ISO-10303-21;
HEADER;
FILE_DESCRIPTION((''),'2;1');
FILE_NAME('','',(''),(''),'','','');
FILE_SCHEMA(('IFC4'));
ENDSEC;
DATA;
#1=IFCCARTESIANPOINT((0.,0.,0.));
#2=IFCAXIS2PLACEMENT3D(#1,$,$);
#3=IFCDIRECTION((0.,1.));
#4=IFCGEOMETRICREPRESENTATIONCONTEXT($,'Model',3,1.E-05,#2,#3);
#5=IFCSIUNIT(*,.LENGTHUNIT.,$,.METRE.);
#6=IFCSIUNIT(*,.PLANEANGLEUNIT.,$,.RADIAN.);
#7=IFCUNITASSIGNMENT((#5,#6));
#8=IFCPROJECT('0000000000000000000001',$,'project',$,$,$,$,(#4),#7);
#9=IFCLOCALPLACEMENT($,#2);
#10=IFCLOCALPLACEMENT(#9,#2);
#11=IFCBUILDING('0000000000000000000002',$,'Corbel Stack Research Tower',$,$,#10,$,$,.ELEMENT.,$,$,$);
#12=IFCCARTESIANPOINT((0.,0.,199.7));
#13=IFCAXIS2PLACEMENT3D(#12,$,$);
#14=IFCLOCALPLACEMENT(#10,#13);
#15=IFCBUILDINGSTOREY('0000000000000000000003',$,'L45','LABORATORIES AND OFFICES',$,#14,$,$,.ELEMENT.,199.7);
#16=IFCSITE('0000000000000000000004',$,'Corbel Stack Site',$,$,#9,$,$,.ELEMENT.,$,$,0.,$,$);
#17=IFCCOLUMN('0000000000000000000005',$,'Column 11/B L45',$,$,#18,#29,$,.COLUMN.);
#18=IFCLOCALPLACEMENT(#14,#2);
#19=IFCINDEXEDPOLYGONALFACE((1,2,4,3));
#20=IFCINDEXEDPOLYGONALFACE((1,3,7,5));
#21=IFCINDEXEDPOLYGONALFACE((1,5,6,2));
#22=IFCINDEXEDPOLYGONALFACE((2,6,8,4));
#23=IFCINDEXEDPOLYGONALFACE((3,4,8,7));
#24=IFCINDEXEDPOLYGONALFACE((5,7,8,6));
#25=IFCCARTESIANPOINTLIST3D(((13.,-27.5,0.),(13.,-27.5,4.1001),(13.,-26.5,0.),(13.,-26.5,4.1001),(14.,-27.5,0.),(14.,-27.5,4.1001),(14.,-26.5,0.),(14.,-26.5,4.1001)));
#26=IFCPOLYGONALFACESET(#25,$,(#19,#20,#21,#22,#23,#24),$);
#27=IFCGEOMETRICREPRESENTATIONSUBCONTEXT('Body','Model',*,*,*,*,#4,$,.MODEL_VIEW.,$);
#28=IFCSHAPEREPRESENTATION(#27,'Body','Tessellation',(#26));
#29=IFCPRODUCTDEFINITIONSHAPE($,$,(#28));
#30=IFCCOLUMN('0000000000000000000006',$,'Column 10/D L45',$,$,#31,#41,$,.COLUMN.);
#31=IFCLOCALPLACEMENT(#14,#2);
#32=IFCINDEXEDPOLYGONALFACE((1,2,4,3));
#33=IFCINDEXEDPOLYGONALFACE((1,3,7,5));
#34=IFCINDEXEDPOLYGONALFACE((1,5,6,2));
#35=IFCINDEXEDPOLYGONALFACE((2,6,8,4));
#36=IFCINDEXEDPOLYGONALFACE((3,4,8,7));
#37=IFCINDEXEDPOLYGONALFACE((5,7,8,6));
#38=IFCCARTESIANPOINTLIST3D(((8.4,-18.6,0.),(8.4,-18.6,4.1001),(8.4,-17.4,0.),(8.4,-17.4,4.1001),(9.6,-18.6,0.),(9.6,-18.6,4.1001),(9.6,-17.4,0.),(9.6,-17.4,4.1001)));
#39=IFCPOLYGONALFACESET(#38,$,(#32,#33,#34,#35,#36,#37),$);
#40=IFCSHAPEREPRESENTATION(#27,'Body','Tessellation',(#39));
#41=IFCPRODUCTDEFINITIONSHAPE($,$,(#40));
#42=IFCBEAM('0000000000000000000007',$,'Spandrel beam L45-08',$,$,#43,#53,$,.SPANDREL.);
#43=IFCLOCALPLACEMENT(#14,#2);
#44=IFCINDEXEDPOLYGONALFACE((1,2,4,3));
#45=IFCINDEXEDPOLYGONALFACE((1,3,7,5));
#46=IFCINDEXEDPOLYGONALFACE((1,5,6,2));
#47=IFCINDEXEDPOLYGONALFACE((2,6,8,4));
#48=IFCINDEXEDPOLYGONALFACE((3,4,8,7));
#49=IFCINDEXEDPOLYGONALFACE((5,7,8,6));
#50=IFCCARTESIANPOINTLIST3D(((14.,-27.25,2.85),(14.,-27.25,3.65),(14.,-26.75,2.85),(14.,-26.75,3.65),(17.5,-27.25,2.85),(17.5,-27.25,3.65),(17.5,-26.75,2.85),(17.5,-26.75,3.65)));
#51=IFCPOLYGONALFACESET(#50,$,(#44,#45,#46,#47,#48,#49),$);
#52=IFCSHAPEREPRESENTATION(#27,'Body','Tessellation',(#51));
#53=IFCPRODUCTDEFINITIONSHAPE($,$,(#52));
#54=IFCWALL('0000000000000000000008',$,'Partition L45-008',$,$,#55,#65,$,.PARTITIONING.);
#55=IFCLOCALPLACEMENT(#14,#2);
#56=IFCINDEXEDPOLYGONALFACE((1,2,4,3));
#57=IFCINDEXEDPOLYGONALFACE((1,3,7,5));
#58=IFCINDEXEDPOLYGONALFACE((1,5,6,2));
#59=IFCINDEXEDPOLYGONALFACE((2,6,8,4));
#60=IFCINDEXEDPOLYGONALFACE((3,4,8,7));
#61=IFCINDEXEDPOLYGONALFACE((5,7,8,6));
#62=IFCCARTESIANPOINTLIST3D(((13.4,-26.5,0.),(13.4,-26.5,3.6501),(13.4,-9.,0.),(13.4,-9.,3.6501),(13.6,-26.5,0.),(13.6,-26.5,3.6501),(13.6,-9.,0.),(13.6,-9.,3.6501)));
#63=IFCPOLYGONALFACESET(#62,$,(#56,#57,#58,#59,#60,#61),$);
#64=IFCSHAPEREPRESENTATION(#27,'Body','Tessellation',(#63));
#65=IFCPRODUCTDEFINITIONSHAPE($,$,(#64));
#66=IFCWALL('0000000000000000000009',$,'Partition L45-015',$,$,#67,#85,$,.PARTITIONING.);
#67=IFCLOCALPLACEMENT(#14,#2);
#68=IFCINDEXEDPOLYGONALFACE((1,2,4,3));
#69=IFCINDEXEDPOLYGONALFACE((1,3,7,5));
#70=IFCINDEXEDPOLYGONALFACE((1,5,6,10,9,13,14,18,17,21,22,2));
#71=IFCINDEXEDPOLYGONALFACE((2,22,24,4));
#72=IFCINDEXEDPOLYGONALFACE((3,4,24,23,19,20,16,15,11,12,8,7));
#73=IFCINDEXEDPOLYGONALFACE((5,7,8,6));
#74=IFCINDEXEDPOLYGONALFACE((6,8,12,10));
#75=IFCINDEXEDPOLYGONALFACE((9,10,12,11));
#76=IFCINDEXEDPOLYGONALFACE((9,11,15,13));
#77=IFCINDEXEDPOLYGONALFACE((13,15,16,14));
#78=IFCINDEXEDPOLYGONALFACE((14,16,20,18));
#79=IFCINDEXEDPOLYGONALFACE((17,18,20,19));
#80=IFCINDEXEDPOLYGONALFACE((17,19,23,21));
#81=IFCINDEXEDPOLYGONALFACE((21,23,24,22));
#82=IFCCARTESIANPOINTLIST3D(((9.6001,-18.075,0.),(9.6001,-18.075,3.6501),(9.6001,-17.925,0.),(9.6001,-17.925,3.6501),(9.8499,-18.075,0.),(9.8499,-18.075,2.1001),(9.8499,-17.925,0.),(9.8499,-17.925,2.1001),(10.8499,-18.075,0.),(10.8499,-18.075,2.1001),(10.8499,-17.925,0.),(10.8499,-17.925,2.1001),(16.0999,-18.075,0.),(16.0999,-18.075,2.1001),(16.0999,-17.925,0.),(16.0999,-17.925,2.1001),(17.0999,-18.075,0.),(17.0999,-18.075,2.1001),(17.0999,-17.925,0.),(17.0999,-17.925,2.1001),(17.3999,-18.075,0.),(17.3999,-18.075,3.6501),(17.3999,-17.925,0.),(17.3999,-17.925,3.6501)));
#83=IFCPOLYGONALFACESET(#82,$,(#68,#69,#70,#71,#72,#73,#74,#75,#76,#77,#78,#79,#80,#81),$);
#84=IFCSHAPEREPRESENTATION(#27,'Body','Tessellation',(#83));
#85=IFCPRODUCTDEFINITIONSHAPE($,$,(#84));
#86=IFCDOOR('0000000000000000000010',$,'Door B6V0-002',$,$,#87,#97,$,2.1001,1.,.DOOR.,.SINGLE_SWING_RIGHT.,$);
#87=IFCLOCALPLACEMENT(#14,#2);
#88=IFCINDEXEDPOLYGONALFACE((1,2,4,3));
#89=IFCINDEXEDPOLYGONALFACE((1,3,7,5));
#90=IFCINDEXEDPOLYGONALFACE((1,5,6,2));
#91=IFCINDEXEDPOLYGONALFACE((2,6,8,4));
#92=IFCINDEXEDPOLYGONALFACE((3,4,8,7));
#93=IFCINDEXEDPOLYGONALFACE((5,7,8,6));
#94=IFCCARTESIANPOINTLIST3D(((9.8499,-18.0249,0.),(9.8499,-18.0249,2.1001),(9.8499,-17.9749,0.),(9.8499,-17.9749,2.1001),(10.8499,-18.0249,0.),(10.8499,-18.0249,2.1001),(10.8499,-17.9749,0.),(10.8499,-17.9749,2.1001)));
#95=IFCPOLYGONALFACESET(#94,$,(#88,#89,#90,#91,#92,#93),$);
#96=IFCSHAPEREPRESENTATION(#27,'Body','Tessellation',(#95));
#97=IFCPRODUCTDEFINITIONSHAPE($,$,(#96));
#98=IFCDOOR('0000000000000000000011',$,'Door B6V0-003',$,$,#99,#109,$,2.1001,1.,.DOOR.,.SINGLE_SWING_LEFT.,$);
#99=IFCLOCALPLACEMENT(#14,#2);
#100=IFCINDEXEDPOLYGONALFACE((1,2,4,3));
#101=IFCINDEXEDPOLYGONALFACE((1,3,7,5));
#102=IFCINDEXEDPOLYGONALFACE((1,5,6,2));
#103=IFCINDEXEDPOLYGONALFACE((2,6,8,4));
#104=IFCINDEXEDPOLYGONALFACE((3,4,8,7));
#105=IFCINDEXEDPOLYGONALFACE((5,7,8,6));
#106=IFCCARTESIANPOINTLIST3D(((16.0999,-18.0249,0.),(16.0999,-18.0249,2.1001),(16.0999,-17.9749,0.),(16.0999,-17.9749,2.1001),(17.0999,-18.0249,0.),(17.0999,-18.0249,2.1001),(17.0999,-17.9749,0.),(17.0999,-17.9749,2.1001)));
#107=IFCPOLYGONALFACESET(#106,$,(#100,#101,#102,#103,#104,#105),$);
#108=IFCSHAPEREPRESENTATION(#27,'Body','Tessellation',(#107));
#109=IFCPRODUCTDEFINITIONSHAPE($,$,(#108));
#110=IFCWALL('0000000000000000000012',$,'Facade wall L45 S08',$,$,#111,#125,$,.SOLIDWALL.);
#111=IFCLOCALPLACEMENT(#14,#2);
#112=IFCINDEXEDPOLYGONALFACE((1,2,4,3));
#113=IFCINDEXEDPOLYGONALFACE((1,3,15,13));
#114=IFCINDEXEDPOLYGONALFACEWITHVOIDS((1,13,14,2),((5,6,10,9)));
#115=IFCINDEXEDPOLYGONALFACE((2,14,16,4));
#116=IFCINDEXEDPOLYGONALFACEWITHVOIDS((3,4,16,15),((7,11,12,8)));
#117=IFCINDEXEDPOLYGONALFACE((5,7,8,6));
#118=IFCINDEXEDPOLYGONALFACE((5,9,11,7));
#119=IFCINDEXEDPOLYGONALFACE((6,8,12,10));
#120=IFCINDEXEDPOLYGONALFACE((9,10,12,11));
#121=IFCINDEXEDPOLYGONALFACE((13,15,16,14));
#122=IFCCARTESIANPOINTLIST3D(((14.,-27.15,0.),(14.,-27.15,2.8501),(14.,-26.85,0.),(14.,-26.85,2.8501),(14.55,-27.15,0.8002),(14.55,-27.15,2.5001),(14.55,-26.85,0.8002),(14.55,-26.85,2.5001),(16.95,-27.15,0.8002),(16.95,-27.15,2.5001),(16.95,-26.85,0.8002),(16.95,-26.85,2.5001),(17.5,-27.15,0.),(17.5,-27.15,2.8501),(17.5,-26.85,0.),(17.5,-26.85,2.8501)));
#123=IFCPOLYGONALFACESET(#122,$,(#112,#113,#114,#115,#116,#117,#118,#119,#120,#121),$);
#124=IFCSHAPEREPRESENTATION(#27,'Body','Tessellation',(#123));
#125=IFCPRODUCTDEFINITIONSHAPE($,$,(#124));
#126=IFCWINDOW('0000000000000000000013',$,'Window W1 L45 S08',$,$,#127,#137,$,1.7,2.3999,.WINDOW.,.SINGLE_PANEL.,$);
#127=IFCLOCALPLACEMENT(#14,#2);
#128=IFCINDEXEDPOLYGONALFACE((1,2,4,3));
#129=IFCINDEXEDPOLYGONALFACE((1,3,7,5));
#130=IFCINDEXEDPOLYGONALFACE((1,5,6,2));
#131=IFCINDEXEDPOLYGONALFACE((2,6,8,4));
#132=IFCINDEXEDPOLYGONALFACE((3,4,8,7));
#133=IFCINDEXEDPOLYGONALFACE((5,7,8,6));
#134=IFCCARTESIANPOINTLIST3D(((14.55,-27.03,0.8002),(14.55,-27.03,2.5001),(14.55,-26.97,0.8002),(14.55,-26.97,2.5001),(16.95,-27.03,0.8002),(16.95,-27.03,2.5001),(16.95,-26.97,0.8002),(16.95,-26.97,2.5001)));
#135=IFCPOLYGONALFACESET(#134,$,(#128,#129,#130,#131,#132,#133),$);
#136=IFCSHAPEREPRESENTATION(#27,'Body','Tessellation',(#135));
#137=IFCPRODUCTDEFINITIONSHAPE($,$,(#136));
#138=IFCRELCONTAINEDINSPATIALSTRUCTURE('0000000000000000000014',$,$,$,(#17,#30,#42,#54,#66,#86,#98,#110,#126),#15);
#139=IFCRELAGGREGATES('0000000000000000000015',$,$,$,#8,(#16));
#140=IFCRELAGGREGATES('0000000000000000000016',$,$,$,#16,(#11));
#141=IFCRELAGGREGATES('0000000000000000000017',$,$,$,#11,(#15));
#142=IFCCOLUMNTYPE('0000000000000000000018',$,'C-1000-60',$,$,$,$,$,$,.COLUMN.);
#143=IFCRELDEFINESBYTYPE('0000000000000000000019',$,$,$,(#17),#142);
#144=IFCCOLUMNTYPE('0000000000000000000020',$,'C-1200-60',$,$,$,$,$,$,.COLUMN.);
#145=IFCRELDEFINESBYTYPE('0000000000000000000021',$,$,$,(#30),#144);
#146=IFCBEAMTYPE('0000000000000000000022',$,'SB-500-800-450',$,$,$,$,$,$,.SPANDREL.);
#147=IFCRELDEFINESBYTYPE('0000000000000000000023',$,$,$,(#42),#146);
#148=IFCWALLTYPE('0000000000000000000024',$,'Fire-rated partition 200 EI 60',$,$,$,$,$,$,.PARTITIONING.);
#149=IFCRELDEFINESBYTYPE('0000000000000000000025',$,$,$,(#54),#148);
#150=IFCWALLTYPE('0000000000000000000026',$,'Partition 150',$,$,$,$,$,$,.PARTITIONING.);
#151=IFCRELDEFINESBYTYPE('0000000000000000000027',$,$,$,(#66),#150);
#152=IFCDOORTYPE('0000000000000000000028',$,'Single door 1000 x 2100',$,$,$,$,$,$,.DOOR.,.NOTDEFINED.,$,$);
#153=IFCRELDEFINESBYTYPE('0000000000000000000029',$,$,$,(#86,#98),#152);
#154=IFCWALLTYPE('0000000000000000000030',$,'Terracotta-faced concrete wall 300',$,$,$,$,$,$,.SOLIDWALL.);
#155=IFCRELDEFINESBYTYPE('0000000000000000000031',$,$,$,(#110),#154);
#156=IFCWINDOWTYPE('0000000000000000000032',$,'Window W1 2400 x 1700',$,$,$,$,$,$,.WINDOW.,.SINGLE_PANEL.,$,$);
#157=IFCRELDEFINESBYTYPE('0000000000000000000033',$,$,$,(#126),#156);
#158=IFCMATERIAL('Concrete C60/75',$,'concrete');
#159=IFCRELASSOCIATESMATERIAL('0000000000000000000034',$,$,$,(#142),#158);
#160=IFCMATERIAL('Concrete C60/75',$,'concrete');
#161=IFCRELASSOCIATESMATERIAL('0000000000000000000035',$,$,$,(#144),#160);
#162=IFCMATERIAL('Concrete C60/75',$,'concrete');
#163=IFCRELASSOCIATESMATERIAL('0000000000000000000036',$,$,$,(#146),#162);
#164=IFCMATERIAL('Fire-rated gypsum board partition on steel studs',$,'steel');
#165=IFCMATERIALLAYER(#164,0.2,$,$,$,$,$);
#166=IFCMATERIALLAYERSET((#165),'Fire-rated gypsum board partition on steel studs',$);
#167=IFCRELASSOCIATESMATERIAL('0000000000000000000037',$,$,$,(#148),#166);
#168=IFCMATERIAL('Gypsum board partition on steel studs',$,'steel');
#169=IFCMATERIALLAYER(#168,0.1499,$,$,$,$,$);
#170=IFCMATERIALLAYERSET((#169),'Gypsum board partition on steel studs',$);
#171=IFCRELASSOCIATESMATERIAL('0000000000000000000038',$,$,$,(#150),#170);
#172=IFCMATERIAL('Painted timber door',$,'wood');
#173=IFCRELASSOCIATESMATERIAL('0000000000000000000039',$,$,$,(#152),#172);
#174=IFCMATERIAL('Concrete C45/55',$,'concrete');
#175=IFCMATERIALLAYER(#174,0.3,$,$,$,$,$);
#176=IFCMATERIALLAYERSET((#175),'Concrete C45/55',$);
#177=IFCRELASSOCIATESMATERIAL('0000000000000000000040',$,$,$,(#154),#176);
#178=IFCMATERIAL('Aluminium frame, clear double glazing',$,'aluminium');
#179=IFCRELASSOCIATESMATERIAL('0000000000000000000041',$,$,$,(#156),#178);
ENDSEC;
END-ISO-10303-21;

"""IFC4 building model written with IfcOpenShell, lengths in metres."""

from ifc_helpers import new_model, si_unit, direction, frame, frame_2d, origin, origin_2d, place, context, subcontext, project, spatial, rectangle, extrude, material, layer, layer_set, material_profile, profile_set, type_object, element, fill, save


model = new_model("IFC4")

# Units and contexts
model_context = context("Model", 3, precision=1e-05, world=origin(), true_north=direction((0.0, 1.0)))
body_context = subcontext(model_context, "Body", "Model", "MODEL_VIEW")
ifc_project = project(units=[si_unit("LENGTHUNIT", "METRE"), si_unit("PLANEANGLEUNIT", "RADIAN")], contexts=[model_context])

# Site, building, storey
site_placement = place(None, origin())
site = spatial("IfcSite", under=ifc_project, at=site_placement, Name="Corbel Stack Site", CompositionType="ELEMENT", RefElevation=0.0)
building_placement = place(site_placement, origin())
building = spatial("IfcBuilding", under=site, at=building_placement, Name="Corbel Stack Research Tower", CompositionType="ELEMENT")
storey_placement = place(building_placement, frame((0.0, 0.0, 199.7)))
storey = spatial("IfcBuildingStorey", under=building, at=storey_placement, Name="L45", Description="LABORATORIES AND OFFICES", CompositionType="ELEMENT", Elevation=199.7)

# Columns
ifc_material_1 = material(Name="Concrete C60/75", Category="concrete")
ifc_material_profile_1 = material_profile(ifc_material_1, rectangle(XDim=1.0, YDim=1.0, at=origin_2d()), Name="RC 1000 x 1000")
ifc_profile_set_1 = profile_set([ifc_material_profile_1], Name="Concrete C60/75")
column_type_1 = type_object("IfcColumnType", Name="C-1000-60", PredefinedType="COLUMN", material=ifc_profile_set_1)
column_1_placement = place(storey_placement, frame((13.5, -27.0, 0.0), z_axis=(0.0, 0.0, 1.0), x_axis=(1.0, 0.0, 0.0)))
element("IfcColumn", 1, at=column_1_placement, inside=storey, type_object=column_type_1, Name="Column 11/B L45", PredefinedType="COLUMN", context=body_context, shape_type="SweptSolid", body=[
    extrude(rectangle(XDim=1.0, YDim=1.0, at=origin_2d()), origin(), (0.0, 0.0, 1.0), 4.1001),
])
ifc_material_2 = material(Name="Concrete C60/75", Category="concrete")
ifc_material_profile_2 = material_profile(ifc_material_2, rectangle(XDim=1.2, YDim=1.2, at=origin_2d()), Name="RC 1200 x 1200")
ifc_profile_set_2 = profile_set([ifc_material_profile_2], Name="Concrete C60/75")
column_type_2 = type_object("IfcColumnType", Name="C-1200-60", PredefinedType="COLUMN", material=ifc_profile_set_2)
column_2_placement = place(storey_placement, frame((9.0, -18.0, 0.0), z_axis=(0.0, 0.0, 1.0), x_axis=(1.0, 0.0, 0.0)))
element("IfcColumn", 2, at=column_2_placement, inside=storey, type_object=column_type_2, Name="Column 10/D L45", PredefinedType="COLUMN", context=body_context, shape_type="SweptSolid", body=[
    extrude(rectangle(XDim=1.2, YDim=1.2, at=origin_2d()), origin(), (0.0, 0.0, 1.0), 4.1001),
])

# Beam
ifc_material_3 = material(Name="Concrete C60/75", Category="concrete")
ifc_material_profile_3 = material_profile(ifc_material_3, rectangle(XDim=0.5, YDim=0.8, at=origin_2d()), Name="RC 500 x 800")
ifc_profile_set_3 = profile_set([ifc_material_profile_3], Name="Concrete C60/75")
beam_type = type_object("IfcBeamType", Name="SB-500-800-450", PredefinedType="SPANDREL", material=ifc_profile_set_3)
beam_placement = place(storey_placement, frame((14.0, -27.0, 3.25), z_axis=(1.0, 0.0, 0.0), x_axis=(0.0, 1.0, 0.0)))
element("IfcBeam", 3, at=beam_placement, inside=storey, type_object=beam_type, Name="Spandrel beam L45-08", PredefinedType="SPANDREL", context=body_context, shape_type="SweptSolid", body=[
    extrude(rectangle(XDim=0.5, YDim=0.8, at=origin_2d()), origin(), (0.0, 0.0, 1.0), 3.5),
])

# Wall
ifc_material_4 = material(Name="Fire-rated gypsum board partition on steel studs", Category="steel")
ifc_layer_1 = layer(ifc_material_4, 0.2)
ifc_layer_set_1 = layer_set([ifc_layer_1], Name="Fire-rated gypsum board partition on steel studs")
wall_type_1 = type_object("IfcWallType", Name="Fire-rated partition 200 EI 60", PredefinedType="PARTITIONING", material=ifc_layer_set_1)
wall_1_placement = place(storey_placement, frame((13.5, -26.5, 0.0), z_axis=(0.0, 0.0, 1.0), x_axis=(0.0, 1.0, 0.0)))
element("IfcWall", 4, at=wall_1_placement, inside=storey, type_object=wall_type_1, Name="Partition L45-008", PredefinedType="PARTITIONING", context=body_context, shape_type="SweptSolid", body=[
    extrude(rectangle(XDim=17.5, YDim=0.2, at=frame_2d((8.75, 0.0))), origin(), (0.0, 0.0, 1.0), 3.6501),
])

# Wall, openings, doors
ifc_material_5 = material(Name="Gypsum board partition on steel studs", Category="steel")
ifc_layer_2 = layer(ifc_material_5, 0.1499)
ifc_layer_set_2 = layer_set([ifc_layer_2], Name="Gypsum board partition on steel studs")
wall_type_2 = type_object("IfcWallType", Name="Partition 150", PredefinedType="PARTITIONING", material=ifc_layer_set_2)
wall_2_placement = place(storey_placement, frame((17.3999, -18.0, 0.0), z_axis=(0.0, 0.0, 1.0), x_axis=(-1.0, 0.0, 0.0)))
wall_2 = element("IfcWall", 5, at=wall_2_placement, inside=storey, type_object=wall_type_2, Name="Partition L45-015", PredefinedType="PARTITIONING", context=body_context, shape_type="SweptSolid", body=[
    extrude(rectangle(XDim=7.7998, YDim=0.1499, at=frame_2d((3.8999, 0.0))), origin(), (0.0, 0.0, 1.0), 3.6501),
])
opening_1_placement = place(wall_2_placement, frame((6.55, 0.0, 0.0)))
opening_1 = element("IfcOpeningElement", 6, at=opening_1_placement, cuts=wall_2, PredefinedType="OPENING", context=body_context, shape_type="SweptSolid", body=[
    extrude(rectangle(XDim=1.0, YDim=2.1001, at=frame_2d((0.5, 1.05))), frame((0.0, 0.085, 0.0), z_axis=(0.0, -1.0, 0.0), x_axis=(1.0, 0.0, 0.0)), (0.0, 0.0, 1.0), 0.1699),
])
opening_2_placement = place(wall_2_placement, frame((0.3, 0.0, 0.0)))
opening_2 = element("IfcOpeningElement", 7, at=opening_2_placement, cuts=wall_2, PredefinedType="OPENING", context=body_context, shape_type="SweptSolid", body=[
    extrude(rectangle(XDim=1.0, YDim=2.1001, at=frame_2d((0.5, 1.05))), frame((0.0, 0.085, 0.0), z_axis=(0.0, -1.0, 0.0), x_axis=(1.0, 0.0, 0.0)), (0.0, 0.0, 1.0), 0.1699),
])
ifc_material_6 = material(Name="Painted timber door", Category="wood")
door_type = type_object("IfcDoorType", Name="Single door 1000 x 2100", OperationType="NOTDEFINED", PredefinedType="DOOR", material=ifc_material_6)
door_1_placement = place(opening_1_placement, origin())
door_1 = element("IfcDoor", 8, at=door_1_placement, inside=storey, type_object=door_type, Name="Door B6V0-002", OperationType="SINGLE_SWING_RIGHT", OverallHeight=2.1001, OverallWidth=1.0, PredefinedType="DOOR", context=body_context, shape_type="SweptSolid", body=[
    extrude(rectangle(XDim=1.0, YDim=2.1001, at=frame_2d((0.5, 1.05))), frame((0.0, 0.0249, 0.0), z_axis=(0.0, -1.0, 0.0), x_axis=(1.0, 0.0, 0.0)), (0.0, 0.0, 1.0), 0.05),
])
fill(opening_1, door_1)
door_2_placement = place(opening_2_placement, origin())
door_2 = element("IfcDoor", 9, at=door_2_placement, inside=storey, type_object=door_type, Name="Door B6V0-003", OperationType="SINGLE_SWING_LEFT", OverallHeight=2.1001, OverallWidth=1.0, PredefinedType="DOOR", context=body_context, shape_type="SweptSolid", body=[
    extrude(rectangle(XDim=1.0, YDim=2.1001, at=frame_2d((0.5, 1.05))), frame((0.0, 0.0249, 0.0), z_axis=(0.0, -1.0, 0.0), x_axis=(1.0, 0.0, 0.0)), (0.0, 0.0, 1.0), 0.05),
])
fill(opening_2, door_2)

# Wall, opening, window
ifc_material_7 = material(Name="Concrete C45/55", Category="concrete")
ifc_layer_3 = layer(ifc_material_7, 0.3)
ifc_layer_set_3 = layer_set([ifc_layer_3], Name="Concrete C45/55")
wall_type_3 = type_object("IfcWallType", Name="Terracotta-faced concrete wall 300", PredefinedType="SOLIDWALL", material=ifc_layer_set_3)
wall_3_placement = place(storey_placement, frame((17.5, -27.0, 0.0), z_axis=(0.0, 0.0, 1.0), x_axis=(-1.0, 0.0, 0.0)))
wall_3 = element("IfcWall", 10, at=wall_3_placement, inside=storey, type_object=wall_type_3, Name="Facade wall L45 S08", PredefinedType="SOLIDWALL", context=body_context, shape_type="SweptSolid", body=[
    extrude(rectangle(XDim=3.5, YDim=0.3, at=frame_2d((1.75, 0.0))), origin(), (0.0, 0.0, 1.0), 2.8501),
])
opening_3_placement = place(wall_3_placement, frame((0.55, 0.0, 0.8)))
opening_3 = element("IfcOpeningElement", 11, at=opening_3_placement, cuts=wall_3, PredefinedType="OPENING", context=body_context, shape_type="SweptSolid", body=[
    extrude(rectangle(XDim=2.3999, YDim=1.7, at=frame_2d((1.2, 0.8501))), frame((0.0, 0.1599, 0.0), z_axis=(0.0, -1.0, 0.0), x_axis=(1.0, 0.0, 0.0)), (0.0, 0.0, 1.0), 0.3201),
])
ifc_material_8 = material(Name="Aluminium frame, clear double glazing", Category="aluminium")
window_type = type_object("IfcWindowType", Name="Window W1 2400 x 1700", PartitioningType="SINGLE_PANEL", PredefinedType="WINDOW", material=ifc_material_8)
window_placement = place(opening_3_placement, origin())
window = element("IfcWindow", 12, at=window_placement, inside=storey, type_object=window_type, Name="Window W1 L45 S08", OverallHeight=1.7, OverallWidth=2.3999, PartitioningType="SINGLE_PANEL", PredefinedType="WINDOW", context=body_context, shape_type="SweptSolid", body=[
    extrude(rectangle(XDim=2.3999, YDim=1.7, at=frame_2d((1.2, 0.8501))), frame((0.0, 0.03, 0.0), z_axis=(0.0, -1.0, 0.0), x_axis=(1.0, 0.0, 0.0)), (0.0, 0.0, 1.0), 0.0601),
])
fill(opening_3, window)

save(model, "model.ifc")
